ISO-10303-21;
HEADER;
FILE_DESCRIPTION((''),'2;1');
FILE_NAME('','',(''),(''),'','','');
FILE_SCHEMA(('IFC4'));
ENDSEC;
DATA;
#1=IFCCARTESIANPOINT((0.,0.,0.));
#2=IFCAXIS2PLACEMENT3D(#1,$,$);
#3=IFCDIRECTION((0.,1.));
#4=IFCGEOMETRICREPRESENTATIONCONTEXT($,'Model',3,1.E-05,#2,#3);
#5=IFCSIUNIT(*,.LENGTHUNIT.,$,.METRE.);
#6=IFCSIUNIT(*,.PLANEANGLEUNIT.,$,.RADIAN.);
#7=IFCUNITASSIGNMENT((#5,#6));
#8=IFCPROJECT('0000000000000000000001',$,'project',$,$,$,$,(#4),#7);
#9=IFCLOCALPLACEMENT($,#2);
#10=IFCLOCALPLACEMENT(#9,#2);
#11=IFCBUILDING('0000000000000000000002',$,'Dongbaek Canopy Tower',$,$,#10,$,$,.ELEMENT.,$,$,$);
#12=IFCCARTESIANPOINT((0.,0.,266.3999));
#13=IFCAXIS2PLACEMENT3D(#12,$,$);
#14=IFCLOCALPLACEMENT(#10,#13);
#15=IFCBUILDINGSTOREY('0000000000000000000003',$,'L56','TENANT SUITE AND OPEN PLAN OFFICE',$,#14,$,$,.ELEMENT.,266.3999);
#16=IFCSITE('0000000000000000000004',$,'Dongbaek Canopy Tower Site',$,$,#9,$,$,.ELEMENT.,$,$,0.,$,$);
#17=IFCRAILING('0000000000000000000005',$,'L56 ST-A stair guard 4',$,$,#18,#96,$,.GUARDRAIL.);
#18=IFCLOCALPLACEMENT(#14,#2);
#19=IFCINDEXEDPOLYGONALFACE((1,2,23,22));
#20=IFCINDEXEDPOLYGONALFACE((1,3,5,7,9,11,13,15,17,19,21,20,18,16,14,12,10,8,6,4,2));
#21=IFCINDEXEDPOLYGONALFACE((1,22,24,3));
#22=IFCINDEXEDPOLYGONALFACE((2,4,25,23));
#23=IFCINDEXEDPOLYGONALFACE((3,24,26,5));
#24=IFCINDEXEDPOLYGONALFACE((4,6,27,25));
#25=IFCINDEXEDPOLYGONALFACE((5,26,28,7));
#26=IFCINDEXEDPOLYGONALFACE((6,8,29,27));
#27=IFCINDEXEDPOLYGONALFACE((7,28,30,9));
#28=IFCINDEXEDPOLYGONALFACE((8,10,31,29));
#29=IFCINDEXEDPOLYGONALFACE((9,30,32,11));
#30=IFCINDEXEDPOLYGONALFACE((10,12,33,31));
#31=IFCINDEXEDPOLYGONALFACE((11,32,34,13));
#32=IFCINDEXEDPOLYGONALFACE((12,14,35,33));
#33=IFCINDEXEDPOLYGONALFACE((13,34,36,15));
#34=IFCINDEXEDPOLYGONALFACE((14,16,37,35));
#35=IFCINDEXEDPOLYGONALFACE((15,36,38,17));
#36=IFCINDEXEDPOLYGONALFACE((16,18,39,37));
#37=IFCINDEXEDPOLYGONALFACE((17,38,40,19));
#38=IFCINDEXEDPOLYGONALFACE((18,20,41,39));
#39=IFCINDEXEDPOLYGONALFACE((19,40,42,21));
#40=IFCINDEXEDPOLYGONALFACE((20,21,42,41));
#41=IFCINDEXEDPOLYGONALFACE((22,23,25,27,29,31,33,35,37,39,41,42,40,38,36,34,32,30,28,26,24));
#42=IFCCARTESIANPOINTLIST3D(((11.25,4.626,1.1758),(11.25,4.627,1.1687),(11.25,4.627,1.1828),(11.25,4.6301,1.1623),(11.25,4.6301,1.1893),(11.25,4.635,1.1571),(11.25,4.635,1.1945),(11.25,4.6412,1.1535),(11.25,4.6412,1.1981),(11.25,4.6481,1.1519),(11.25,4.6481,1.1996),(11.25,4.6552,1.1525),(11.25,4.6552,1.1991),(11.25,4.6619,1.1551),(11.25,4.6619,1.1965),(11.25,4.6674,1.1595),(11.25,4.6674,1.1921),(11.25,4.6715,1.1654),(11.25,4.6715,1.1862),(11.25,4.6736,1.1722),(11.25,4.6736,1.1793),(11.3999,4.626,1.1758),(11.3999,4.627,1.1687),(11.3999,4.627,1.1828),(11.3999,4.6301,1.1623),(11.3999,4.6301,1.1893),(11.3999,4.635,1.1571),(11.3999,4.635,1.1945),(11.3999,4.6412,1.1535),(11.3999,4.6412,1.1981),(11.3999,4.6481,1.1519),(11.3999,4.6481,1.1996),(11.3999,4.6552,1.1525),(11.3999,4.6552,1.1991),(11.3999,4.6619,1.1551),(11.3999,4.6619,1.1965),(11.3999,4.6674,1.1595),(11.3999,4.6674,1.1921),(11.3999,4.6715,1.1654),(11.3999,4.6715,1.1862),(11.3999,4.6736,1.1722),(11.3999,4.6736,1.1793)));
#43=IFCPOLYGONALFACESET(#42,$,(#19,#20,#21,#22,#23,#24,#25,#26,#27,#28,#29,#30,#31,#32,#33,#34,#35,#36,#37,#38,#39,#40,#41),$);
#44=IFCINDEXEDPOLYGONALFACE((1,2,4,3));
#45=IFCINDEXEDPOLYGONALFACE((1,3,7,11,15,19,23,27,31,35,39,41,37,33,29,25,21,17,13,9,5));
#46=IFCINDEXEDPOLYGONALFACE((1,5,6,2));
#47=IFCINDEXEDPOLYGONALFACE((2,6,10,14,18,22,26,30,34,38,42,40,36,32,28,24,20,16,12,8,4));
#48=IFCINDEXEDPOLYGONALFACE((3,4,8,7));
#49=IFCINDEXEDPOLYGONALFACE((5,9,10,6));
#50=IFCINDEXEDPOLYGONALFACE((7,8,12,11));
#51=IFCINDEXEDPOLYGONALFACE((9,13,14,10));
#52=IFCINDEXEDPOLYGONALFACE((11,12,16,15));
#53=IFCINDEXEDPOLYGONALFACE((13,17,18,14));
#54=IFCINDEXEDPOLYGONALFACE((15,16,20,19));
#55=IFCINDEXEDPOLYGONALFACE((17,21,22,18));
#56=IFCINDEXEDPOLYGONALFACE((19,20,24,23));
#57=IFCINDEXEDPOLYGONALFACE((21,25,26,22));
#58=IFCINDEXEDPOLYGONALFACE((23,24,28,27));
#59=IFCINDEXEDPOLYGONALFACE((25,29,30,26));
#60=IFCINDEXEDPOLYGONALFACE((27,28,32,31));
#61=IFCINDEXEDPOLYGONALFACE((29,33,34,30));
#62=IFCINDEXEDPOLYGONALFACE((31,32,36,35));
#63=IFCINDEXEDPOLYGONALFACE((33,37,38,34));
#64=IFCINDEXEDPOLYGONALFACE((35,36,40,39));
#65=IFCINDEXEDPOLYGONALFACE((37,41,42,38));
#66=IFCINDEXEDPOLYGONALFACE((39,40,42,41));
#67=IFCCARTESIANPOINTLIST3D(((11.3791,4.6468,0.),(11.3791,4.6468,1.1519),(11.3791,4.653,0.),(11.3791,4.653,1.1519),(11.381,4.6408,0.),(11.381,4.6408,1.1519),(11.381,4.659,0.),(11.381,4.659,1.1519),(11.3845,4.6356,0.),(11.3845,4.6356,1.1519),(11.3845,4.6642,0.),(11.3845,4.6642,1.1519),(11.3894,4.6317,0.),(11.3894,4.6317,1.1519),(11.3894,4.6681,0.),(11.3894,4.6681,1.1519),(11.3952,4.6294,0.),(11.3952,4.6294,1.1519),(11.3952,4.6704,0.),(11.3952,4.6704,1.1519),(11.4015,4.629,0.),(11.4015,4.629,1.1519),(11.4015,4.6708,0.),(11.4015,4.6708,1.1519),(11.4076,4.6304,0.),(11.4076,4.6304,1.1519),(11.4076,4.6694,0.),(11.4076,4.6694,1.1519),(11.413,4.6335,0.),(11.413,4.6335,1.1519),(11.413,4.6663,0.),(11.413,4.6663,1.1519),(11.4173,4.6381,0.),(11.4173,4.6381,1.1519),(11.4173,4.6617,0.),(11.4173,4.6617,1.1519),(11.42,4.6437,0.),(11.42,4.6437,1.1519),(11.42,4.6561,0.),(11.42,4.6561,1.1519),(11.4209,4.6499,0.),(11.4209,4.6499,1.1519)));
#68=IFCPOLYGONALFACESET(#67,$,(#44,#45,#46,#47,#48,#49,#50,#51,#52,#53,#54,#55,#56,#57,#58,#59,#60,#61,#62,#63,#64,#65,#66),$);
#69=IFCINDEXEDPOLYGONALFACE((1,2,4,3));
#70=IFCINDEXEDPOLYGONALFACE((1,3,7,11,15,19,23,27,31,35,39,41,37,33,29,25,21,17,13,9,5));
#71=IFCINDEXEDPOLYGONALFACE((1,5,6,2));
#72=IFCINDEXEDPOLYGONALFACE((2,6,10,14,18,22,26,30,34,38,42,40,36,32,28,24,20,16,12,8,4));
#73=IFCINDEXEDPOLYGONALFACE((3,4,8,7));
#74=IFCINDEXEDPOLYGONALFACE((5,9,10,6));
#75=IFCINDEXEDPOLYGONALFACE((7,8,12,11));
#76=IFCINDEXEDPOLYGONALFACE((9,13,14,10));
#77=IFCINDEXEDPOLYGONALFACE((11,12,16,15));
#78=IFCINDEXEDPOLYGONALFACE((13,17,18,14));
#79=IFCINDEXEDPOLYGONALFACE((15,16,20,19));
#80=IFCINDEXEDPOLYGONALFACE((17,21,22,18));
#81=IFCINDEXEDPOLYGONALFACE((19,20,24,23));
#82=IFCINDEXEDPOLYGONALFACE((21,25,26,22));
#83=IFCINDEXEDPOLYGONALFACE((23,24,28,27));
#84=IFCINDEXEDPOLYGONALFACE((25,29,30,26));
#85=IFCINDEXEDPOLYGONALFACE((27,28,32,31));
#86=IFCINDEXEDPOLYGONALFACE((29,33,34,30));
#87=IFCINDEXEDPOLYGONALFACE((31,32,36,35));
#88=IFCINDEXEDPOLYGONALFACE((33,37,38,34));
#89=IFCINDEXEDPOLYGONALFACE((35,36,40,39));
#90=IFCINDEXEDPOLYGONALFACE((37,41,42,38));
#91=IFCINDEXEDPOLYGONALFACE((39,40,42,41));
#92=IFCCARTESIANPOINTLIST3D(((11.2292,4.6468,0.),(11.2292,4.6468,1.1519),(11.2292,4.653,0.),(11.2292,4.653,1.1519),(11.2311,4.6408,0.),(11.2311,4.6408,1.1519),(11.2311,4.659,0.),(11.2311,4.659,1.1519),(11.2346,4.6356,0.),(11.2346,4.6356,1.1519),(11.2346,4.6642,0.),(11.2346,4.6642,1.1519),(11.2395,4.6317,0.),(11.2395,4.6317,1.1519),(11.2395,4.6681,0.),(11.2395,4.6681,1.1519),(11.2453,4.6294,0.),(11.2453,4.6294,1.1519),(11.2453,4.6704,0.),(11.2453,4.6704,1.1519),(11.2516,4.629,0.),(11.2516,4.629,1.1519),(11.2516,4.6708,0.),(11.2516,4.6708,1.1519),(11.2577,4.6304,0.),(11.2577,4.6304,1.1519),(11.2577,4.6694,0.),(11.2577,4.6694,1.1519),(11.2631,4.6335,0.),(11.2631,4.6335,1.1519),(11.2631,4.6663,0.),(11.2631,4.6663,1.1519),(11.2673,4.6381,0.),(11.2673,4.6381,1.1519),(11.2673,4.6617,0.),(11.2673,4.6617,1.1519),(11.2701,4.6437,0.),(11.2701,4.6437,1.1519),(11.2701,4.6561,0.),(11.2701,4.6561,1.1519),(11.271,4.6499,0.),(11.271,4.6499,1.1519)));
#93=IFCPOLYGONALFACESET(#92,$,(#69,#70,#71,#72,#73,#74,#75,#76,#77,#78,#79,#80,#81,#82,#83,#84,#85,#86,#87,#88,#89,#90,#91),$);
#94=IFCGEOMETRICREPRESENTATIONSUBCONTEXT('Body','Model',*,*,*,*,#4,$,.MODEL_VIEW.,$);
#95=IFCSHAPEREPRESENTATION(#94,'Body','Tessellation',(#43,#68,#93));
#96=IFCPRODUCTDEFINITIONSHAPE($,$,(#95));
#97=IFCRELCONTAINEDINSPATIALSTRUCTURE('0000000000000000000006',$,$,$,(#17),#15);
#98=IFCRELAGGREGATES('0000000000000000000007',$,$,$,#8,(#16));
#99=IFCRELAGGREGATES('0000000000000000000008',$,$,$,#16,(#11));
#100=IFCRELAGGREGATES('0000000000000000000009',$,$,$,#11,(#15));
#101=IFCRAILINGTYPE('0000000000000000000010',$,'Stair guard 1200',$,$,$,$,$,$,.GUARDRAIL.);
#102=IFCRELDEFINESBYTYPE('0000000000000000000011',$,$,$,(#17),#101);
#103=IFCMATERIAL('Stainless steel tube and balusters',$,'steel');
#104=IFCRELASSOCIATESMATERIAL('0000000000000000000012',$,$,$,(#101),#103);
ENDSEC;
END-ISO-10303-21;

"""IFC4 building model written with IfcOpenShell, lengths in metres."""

from ifc_helpers import new_model, si_unit, direction, frame, origin, origin_2d, place, context, subcontext, project, spatial, circle, extrude, material, type_object, element, save


model = new_model("IFC4")

# Units and contexts
model_context = context("Model", 3, precision=1e-05, world=origin(), true_north=direction((0.0, 1.0)))
body_context = subcontext(model_context, "Body", "Model", "MODEL_VIEW")
ifc_project = project(units=[si_unit("LENGTHUNIT", "METRE"), si_unit("PLANEANGLEUNIT", "RADIAN")], contexts=[model_context])

# Site, building, storey
site_placement = place(None, origin())
site = spatial("IfcSite", under=ifc_project, at=site_placement, Name="Dongbaek Canopy Tower Site", CompositionType="ELEMENT", RefElevation=0.0)
building_placement = place(site_placement, origin())
building = spatial("IfcBuilding", under=site, at=building_placement, Name="Dongbaek Canopy Tower", CompositionType="ELEMENT")
storey_placement = place(building_placement, frame((0.0, 0.0, 266.3999)))
storey = spatial("IfcBuildingStorey", under=building, at=storey_placement, Name="L56", Description="TENANT SUITE AND OPEN PLAN OFFICE", CompositionType="ELEMENT", Elevation=266.3999)

# Railing
ifc_material_1 = material(Name="Stainless steel tube and balusters", Category="steel")
railing_type_1 = type_object("IfcRailingType", Name="Stair guard 1200", PredefinedType="GUARDRAIL", material=ifc_material_1)
railing_1_placement = place(storey_placement, frame((11.3999, 4.6499, 0.0)))
element("IfcRailing", 1, at=railing_1_placement, inside=storey, type_object=railing_type_1, Name="L56 ST-A stair guard 4", PredefinedType="GUARDRAIL", context=body_context, shape_type="SweptSolid", body=[
    extrude(circle(Radius=0.0239, at=origin_2d()), frame((0.0, 0.0, 1.1758), z_axis=(-1.0, 0.0, 0.0), x_axis=(0.0, -1.0, 0.0)), (0.0, 0.0, 1.0), 0.1499),
    extrude(circle(Radius=0.021, at=origin_2d()), origin(), (0.0, 0.0, 1.0), 1.1519),
    extrude(circle(Radius=0.021, at=origin_2d()), frame((-0.1499, 0.0, 0.0)), (0.0, 0.0, 1.0), 1.1519),
])

save(model, "model.ifc")
